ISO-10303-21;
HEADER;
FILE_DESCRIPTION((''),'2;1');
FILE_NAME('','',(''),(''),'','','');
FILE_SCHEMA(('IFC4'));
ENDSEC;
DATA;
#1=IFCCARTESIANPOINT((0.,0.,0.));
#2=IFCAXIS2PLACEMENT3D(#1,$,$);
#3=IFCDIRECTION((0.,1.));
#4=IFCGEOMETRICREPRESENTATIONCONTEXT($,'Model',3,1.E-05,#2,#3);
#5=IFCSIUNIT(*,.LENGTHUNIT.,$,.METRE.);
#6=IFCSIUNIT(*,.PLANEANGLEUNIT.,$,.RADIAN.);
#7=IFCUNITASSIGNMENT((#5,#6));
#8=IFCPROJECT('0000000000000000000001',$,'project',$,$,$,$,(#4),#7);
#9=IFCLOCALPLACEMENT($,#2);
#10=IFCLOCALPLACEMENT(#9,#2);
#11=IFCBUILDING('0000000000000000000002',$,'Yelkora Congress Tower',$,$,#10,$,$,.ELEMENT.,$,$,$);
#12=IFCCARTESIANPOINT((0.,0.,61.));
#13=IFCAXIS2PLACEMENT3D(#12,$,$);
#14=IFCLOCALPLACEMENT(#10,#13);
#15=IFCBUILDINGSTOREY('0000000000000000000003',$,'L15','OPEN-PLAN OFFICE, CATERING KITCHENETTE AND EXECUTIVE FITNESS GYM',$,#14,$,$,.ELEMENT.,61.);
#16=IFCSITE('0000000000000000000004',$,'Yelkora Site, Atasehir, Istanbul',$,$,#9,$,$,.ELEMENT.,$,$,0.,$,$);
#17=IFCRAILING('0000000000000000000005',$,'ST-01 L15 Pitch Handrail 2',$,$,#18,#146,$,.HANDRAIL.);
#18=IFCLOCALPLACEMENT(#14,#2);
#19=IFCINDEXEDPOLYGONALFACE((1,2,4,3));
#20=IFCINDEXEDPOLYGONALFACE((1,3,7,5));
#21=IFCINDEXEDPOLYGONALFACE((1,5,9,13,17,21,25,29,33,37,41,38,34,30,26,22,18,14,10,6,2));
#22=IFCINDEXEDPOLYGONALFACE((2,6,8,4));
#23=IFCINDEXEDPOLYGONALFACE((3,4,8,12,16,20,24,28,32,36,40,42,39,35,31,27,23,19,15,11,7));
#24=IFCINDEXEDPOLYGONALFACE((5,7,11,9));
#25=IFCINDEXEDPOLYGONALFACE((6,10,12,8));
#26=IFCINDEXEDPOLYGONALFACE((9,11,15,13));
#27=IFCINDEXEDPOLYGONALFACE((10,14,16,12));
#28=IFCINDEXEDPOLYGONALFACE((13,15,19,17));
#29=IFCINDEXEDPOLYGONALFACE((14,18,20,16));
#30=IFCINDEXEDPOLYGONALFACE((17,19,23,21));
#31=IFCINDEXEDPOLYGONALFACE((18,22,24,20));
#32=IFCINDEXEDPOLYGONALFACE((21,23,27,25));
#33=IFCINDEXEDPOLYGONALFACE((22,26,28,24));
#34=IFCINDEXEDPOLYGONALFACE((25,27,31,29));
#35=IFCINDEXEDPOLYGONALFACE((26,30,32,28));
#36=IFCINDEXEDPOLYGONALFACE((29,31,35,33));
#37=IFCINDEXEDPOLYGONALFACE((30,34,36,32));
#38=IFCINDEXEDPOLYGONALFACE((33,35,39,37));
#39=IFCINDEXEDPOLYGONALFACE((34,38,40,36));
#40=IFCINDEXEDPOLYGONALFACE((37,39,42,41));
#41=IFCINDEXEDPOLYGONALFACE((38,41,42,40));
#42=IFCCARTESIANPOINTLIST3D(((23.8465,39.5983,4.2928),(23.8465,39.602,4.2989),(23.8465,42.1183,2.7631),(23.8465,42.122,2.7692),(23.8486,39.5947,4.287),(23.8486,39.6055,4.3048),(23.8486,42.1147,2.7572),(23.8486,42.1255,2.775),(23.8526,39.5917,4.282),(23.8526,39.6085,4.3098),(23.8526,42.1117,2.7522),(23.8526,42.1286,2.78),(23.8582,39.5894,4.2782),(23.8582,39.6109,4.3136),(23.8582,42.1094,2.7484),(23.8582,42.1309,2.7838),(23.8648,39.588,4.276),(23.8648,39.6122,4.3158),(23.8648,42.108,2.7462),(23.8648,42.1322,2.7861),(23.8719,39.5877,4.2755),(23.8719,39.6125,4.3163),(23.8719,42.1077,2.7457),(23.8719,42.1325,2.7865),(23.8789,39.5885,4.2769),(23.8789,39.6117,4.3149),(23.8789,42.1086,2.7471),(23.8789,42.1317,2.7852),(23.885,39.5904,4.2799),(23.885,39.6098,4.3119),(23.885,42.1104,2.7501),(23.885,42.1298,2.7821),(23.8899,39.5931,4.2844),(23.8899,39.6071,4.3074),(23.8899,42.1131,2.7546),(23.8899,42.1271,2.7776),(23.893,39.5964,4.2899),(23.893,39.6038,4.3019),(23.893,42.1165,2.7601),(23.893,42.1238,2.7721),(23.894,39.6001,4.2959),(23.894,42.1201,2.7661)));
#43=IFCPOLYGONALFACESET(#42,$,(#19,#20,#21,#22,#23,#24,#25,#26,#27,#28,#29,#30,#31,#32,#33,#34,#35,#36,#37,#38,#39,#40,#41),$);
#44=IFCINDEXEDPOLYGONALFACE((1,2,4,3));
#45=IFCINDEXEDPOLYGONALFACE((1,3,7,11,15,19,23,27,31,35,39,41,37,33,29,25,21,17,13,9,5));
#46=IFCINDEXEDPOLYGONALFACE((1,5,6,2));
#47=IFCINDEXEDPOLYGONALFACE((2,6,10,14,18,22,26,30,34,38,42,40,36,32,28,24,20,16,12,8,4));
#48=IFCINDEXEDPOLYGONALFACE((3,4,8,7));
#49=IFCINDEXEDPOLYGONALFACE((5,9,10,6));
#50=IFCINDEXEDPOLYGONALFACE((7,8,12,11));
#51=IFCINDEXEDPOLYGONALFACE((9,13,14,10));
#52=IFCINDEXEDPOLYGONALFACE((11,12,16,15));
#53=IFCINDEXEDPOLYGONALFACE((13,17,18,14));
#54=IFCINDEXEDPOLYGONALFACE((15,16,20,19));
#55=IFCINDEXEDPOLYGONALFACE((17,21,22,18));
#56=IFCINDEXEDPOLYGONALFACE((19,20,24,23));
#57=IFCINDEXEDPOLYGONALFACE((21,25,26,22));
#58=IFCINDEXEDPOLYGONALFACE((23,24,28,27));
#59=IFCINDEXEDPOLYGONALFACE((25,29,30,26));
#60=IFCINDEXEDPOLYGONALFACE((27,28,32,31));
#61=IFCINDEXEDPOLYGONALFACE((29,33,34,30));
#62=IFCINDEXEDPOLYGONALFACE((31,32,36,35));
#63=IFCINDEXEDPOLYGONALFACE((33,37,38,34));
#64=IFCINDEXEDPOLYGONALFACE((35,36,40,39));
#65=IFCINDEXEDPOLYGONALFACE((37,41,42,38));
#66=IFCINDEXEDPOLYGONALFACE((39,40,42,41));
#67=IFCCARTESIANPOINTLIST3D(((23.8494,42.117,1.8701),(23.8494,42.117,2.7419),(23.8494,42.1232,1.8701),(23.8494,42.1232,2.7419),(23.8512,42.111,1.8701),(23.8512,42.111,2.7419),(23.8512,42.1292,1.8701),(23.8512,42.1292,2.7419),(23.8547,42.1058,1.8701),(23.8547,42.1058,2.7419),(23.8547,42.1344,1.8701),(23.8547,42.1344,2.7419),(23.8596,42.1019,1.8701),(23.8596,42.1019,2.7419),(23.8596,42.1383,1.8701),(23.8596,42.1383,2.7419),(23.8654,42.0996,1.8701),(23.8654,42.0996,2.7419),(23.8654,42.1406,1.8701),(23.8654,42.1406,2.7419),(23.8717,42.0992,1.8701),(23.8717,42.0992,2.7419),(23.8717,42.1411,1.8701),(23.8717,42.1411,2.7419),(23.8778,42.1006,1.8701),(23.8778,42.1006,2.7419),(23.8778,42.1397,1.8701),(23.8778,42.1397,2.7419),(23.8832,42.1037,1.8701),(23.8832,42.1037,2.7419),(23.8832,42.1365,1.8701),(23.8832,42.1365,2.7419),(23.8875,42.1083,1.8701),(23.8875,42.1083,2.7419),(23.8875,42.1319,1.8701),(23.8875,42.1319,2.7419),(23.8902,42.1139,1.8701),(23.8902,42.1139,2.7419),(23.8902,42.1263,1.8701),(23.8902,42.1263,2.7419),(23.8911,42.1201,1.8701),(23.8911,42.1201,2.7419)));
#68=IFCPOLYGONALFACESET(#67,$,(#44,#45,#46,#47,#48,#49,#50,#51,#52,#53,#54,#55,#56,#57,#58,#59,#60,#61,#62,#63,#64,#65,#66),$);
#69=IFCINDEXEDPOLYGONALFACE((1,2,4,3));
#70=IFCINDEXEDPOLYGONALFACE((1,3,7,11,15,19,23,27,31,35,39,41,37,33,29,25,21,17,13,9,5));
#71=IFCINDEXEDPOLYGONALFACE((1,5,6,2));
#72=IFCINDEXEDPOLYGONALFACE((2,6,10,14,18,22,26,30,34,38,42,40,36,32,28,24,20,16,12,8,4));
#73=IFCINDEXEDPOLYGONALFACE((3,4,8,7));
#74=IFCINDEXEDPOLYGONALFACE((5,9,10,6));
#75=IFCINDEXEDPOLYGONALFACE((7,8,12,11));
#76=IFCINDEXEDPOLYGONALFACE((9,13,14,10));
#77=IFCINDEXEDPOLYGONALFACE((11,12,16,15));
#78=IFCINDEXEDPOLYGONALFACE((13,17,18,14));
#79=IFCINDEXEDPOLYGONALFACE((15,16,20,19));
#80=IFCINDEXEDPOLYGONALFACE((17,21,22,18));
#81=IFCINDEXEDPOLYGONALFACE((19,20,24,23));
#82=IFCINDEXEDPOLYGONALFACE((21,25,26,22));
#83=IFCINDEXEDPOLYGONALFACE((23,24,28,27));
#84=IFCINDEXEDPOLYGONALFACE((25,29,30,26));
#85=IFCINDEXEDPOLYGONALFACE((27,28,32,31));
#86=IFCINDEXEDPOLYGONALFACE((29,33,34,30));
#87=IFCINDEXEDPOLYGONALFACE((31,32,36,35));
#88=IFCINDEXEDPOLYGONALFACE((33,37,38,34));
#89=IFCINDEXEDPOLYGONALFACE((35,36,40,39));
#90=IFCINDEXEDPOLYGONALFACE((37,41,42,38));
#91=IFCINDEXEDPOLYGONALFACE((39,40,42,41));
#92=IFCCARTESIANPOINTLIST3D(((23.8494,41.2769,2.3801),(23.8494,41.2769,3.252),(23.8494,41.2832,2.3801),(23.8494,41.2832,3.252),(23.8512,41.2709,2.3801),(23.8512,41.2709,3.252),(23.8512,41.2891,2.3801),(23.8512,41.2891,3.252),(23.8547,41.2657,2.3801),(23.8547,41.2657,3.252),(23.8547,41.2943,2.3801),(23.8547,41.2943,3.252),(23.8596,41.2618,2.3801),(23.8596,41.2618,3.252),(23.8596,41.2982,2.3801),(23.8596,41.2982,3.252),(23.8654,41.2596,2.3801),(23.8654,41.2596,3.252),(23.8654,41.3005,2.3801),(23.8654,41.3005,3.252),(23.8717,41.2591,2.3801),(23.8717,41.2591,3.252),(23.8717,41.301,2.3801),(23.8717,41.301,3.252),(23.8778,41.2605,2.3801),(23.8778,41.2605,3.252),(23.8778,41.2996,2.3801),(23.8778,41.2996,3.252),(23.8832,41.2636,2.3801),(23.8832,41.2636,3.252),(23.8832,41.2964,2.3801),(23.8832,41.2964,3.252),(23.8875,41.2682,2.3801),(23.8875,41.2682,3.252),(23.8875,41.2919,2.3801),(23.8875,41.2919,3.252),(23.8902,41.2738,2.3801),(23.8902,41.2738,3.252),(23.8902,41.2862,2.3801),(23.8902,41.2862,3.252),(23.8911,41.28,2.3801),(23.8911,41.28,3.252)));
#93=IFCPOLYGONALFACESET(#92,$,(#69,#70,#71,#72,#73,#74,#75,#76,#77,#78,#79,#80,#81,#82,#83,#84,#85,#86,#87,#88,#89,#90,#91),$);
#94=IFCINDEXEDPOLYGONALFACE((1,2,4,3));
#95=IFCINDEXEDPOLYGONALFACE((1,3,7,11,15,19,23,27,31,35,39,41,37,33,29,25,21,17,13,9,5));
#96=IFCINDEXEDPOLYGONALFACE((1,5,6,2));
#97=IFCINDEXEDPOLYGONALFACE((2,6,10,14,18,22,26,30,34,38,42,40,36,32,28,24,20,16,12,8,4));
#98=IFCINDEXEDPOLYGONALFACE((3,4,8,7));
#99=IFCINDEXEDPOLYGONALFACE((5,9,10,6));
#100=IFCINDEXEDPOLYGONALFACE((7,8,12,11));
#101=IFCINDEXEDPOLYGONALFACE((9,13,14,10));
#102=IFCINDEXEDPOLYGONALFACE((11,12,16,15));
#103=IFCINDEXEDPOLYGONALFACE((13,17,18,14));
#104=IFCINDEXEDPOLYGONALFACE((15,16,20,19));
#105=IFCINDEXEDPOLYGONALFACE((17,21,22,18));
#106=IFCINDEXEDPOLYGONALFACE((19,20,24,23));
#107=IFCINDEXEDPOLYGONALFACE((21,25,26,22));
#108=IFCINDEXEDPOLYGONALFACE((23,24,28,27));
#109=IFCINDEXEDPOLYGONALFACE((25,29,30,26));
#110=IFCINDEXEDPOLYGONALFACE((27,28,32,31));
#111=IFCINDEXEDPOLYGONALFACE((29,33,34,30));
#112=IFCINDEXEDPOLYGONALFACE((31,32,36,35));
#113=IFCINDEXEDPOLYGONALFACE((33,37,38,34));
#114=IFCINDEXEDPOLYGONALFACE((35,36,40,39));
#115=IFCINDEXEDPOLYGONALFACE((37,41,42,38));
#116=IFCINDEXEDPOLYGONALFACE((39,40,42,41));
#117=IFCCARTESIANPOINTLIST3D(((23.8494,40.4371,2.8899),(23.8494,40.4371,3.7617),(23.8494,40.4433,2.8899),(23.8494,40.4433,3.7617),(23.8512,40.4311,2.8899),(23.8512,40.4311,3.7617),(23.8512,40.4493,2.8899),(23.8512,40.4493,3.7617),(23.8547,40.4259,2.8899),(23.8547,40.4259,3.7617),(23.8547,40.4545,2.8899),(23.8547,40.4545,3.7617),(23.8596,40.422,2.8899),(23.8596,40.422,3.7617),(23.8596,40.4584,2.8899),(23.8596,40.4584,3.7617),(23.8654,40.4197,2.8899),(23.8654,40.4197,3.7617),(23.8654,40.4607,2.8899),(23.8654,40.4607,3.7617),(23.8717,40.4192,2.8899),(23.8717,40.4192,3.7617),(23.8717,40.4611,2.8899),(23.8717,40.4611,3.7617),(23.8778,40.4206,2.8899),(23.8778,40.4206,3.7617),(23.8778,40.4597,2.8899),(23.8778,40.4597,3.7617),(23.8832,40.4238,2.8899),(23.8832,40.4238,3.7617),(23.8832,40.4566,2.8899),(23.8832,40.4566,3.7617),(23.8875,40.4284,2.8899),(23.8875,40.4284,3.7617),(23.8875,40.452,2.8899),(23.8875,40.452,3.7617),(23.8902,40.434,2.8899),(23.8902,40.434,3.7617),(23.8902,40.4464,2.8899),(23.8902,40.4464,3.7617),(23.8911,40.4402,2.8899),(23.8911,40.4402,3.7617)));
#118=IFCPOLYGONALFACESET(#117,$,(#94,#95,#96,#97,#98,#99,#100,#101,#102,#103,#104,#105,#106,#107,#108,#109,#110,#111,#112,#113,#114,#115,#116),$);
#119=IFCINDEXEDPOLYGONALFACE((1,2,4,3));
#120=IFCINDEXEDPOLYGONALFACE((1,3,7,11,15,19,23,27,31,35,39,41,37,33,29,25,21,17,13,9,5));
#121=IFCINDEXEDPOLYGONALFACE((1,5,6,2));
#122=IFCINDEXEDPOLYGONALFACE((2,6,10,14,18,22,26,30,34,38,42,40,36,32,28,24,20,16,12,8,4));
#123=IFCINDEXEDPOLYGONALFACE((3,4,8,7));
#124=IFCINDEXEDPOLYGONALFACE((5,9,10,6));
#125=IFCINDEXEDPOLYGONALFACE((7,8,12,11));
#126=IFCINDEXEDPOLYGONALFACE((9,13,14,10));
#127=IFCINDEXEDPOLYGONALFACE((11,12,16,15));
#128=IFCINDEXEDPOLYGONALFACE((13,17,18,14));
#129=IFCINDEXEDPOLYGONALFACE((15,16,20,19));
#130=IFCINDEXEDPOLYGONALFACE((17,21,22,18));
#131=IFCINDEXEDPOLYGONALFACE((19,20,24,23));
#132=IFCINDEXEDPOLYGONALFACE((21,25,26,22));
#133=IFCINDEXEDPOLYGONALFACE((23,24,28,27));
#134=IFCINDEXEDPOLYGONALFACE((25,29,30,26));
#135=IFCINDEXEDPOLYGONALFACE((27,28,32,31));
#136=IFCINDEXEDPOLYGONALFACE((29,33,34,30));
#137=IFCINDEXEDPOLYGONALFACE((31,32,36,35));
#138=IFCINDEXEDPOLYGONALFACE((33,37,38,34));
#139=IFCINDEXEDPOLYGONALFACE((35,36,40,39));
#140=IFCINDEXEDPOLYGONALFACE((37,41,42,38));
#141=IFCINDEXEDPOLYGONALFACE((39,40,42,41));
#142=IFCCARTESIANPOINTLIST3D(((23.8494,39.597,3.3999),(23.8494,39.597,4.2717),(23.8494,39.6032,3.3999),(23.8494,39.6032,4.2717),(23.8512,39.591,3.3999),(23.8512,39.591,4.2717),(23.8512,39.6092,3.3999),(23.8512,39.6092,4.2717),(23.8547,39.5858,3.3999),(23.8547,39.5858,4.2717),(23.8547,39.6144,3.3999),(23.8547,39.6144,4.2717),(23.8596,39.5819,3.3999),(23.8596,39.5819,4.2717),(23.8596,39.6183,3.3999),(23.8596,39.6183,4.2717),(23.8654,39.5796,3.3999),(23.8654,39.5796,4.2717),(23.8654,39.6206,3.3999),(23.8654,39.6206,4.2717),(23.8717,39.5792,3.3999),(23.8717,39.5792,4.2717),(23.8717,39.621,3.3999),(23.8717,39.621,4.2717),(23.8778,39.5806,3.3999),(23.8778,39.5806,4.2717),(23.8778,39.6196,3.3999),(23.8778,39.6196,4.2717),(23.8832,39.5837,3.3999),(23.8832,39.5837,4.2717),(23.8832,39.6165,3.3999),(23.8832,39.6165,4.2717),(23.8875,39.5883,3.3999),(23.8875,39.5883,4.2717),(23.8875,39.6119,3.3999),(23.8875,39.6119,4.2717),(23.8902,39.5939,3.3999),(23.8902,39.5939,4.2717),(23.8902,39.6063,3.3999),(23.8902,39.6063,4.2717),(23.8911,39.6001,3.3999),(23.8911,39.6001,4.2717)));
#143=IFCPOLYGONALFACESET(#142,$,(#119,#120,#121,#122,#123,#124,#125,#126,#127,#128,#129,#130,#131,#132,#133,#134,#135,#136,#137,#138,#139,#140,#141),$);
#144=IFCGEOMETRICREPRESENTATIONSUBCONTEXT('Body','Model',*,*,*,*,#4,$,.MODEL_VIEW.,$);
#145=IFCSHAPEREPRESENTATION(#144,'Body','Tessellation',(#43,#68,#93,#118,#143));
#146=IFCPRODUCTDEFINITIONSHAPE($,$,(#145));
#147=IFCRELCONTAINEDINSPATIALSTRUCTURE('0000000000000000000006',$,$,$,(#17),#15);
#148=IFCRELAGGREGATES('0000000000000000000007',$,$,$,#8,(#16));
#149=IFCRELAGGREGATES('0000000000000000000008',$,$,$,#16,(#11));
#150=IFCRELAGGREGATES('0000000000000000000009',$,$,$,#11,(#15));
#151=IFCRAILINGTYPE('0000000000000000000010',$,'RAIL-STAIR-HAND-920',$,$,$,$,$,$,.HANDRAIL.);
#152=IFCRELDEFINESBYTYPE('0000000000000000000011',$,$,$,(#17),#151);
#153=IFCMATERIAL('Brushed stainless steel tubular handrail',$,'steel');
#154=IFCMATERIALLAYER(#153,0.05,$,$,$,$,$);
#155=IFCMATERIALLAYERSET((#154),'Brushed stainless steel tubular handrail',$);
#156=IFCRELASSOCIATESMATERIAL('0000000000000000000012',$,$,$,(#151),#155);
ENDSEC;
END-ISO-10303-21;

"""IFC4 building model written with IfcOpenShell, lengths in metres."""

from ifc_helpers import new_model, si_unit, direction, frame, origin, origin_2d, place, context, subcontext, project, spatial, circle, extrude, material, layer, layer_set, type_object, element, save


model = new_model("IFC4")

# Units and contexts
model_context = context("Model", 3, precision=1e-05, world=origin(), true_north=direction((0.0, 1.0)))
body_context = subcontext(model_context, "Body", "Model", "MODEL_VIEW")
ifc_project = project(units=[si_unit("LENGTHUNIT", "METRE"), si_unit("PLANEANGLEUNIT", "RADIAN")], contexts=[model_context])

# Site, building, storey
site_placement = place(None, origin())
site = spatial("IfcSite", under=ifc_project, at=site_placement, Name="Yelkora Site, Atasehir, Istanbul", CompositionType="ELEMENT", RefElevation=0.0)
building_placement = place(site_placement, origin())
building = spatial("IfcBuilding", under=site, at=building_placement, Name="Yelkora Congress Tower", CompositionType="ELEMENT")
storey_placement = place(building_placement, frame((0.0, 0.0, 61.0)))
storey = spatial("IfcBuildingStorey", under=building, at=storey_placement, Name="L15", Description="OPEN-PLAN OFFICE, CATERING KITCHENETTE AND EXECUTIVE FITNESS GYM", CompositionType="ELEMENT", Elevation=61.0)

# Railing
ifc_material_1 = material(Name="Brushed stainless steel tubular handrail", Category="steel")
ifc_layer_1 = layer(ifc_material_1, 0.05)
ifc_layer_set_1 = layer_set([ifc_layer_1], Name="Brushed stainless steel tubular handrail")
railing_type_1 = type_object("IfcRailingType", Name="RAIL-STAIR-HAND-920", PredefinedType="HANDRAIL", material=ifc_layer_set_1)
railing_1_placement = place(storey_placement, frame((23.8701, 42.1201, 1.8701)))
element("IfcRailing", 1, at=railing_1_placement, inside=storey, type_object=railing_type_1, Name="ST-01 L15 Pitch Handrail 2", PredefinedType="HANDRAIL", context=body_context, shape_type="SweptSolid", body=[
    extrude(circle(Radius=0.0239, at=origin_2d()), frame((0.0, 0.0, 0.896), z_axis=(0.0, -0.854822, 0.518922), x_axis=(1.0, 0.0, 0.0)), (0.0, 0.0, 1.0), 2.948),
    extrude(circle(Radius=0.021, at=origin_2d()), origin(), (0.0, 0.0, 1.0), 0.8718),
    extrude(circle(Radius=0.021, at=origin_2d()), frame((0.0, -0.8401, 0.51)), (0.0, 0.0, 1.0), 0.8718),
    extrude(circle(Radius=0.021, at=origin_2d()), frame((0.0, -1.6799, 1.0198)), (0.0, 0.0, 1.0), 0.8718),
    extrude(circle(Radius=0.021, at=origin_2d()), frame((0.0, -2.52, 1.5298)), (0.0, 0.0, 1.0), 0.8718),
])

save(model, "model.ifc")
